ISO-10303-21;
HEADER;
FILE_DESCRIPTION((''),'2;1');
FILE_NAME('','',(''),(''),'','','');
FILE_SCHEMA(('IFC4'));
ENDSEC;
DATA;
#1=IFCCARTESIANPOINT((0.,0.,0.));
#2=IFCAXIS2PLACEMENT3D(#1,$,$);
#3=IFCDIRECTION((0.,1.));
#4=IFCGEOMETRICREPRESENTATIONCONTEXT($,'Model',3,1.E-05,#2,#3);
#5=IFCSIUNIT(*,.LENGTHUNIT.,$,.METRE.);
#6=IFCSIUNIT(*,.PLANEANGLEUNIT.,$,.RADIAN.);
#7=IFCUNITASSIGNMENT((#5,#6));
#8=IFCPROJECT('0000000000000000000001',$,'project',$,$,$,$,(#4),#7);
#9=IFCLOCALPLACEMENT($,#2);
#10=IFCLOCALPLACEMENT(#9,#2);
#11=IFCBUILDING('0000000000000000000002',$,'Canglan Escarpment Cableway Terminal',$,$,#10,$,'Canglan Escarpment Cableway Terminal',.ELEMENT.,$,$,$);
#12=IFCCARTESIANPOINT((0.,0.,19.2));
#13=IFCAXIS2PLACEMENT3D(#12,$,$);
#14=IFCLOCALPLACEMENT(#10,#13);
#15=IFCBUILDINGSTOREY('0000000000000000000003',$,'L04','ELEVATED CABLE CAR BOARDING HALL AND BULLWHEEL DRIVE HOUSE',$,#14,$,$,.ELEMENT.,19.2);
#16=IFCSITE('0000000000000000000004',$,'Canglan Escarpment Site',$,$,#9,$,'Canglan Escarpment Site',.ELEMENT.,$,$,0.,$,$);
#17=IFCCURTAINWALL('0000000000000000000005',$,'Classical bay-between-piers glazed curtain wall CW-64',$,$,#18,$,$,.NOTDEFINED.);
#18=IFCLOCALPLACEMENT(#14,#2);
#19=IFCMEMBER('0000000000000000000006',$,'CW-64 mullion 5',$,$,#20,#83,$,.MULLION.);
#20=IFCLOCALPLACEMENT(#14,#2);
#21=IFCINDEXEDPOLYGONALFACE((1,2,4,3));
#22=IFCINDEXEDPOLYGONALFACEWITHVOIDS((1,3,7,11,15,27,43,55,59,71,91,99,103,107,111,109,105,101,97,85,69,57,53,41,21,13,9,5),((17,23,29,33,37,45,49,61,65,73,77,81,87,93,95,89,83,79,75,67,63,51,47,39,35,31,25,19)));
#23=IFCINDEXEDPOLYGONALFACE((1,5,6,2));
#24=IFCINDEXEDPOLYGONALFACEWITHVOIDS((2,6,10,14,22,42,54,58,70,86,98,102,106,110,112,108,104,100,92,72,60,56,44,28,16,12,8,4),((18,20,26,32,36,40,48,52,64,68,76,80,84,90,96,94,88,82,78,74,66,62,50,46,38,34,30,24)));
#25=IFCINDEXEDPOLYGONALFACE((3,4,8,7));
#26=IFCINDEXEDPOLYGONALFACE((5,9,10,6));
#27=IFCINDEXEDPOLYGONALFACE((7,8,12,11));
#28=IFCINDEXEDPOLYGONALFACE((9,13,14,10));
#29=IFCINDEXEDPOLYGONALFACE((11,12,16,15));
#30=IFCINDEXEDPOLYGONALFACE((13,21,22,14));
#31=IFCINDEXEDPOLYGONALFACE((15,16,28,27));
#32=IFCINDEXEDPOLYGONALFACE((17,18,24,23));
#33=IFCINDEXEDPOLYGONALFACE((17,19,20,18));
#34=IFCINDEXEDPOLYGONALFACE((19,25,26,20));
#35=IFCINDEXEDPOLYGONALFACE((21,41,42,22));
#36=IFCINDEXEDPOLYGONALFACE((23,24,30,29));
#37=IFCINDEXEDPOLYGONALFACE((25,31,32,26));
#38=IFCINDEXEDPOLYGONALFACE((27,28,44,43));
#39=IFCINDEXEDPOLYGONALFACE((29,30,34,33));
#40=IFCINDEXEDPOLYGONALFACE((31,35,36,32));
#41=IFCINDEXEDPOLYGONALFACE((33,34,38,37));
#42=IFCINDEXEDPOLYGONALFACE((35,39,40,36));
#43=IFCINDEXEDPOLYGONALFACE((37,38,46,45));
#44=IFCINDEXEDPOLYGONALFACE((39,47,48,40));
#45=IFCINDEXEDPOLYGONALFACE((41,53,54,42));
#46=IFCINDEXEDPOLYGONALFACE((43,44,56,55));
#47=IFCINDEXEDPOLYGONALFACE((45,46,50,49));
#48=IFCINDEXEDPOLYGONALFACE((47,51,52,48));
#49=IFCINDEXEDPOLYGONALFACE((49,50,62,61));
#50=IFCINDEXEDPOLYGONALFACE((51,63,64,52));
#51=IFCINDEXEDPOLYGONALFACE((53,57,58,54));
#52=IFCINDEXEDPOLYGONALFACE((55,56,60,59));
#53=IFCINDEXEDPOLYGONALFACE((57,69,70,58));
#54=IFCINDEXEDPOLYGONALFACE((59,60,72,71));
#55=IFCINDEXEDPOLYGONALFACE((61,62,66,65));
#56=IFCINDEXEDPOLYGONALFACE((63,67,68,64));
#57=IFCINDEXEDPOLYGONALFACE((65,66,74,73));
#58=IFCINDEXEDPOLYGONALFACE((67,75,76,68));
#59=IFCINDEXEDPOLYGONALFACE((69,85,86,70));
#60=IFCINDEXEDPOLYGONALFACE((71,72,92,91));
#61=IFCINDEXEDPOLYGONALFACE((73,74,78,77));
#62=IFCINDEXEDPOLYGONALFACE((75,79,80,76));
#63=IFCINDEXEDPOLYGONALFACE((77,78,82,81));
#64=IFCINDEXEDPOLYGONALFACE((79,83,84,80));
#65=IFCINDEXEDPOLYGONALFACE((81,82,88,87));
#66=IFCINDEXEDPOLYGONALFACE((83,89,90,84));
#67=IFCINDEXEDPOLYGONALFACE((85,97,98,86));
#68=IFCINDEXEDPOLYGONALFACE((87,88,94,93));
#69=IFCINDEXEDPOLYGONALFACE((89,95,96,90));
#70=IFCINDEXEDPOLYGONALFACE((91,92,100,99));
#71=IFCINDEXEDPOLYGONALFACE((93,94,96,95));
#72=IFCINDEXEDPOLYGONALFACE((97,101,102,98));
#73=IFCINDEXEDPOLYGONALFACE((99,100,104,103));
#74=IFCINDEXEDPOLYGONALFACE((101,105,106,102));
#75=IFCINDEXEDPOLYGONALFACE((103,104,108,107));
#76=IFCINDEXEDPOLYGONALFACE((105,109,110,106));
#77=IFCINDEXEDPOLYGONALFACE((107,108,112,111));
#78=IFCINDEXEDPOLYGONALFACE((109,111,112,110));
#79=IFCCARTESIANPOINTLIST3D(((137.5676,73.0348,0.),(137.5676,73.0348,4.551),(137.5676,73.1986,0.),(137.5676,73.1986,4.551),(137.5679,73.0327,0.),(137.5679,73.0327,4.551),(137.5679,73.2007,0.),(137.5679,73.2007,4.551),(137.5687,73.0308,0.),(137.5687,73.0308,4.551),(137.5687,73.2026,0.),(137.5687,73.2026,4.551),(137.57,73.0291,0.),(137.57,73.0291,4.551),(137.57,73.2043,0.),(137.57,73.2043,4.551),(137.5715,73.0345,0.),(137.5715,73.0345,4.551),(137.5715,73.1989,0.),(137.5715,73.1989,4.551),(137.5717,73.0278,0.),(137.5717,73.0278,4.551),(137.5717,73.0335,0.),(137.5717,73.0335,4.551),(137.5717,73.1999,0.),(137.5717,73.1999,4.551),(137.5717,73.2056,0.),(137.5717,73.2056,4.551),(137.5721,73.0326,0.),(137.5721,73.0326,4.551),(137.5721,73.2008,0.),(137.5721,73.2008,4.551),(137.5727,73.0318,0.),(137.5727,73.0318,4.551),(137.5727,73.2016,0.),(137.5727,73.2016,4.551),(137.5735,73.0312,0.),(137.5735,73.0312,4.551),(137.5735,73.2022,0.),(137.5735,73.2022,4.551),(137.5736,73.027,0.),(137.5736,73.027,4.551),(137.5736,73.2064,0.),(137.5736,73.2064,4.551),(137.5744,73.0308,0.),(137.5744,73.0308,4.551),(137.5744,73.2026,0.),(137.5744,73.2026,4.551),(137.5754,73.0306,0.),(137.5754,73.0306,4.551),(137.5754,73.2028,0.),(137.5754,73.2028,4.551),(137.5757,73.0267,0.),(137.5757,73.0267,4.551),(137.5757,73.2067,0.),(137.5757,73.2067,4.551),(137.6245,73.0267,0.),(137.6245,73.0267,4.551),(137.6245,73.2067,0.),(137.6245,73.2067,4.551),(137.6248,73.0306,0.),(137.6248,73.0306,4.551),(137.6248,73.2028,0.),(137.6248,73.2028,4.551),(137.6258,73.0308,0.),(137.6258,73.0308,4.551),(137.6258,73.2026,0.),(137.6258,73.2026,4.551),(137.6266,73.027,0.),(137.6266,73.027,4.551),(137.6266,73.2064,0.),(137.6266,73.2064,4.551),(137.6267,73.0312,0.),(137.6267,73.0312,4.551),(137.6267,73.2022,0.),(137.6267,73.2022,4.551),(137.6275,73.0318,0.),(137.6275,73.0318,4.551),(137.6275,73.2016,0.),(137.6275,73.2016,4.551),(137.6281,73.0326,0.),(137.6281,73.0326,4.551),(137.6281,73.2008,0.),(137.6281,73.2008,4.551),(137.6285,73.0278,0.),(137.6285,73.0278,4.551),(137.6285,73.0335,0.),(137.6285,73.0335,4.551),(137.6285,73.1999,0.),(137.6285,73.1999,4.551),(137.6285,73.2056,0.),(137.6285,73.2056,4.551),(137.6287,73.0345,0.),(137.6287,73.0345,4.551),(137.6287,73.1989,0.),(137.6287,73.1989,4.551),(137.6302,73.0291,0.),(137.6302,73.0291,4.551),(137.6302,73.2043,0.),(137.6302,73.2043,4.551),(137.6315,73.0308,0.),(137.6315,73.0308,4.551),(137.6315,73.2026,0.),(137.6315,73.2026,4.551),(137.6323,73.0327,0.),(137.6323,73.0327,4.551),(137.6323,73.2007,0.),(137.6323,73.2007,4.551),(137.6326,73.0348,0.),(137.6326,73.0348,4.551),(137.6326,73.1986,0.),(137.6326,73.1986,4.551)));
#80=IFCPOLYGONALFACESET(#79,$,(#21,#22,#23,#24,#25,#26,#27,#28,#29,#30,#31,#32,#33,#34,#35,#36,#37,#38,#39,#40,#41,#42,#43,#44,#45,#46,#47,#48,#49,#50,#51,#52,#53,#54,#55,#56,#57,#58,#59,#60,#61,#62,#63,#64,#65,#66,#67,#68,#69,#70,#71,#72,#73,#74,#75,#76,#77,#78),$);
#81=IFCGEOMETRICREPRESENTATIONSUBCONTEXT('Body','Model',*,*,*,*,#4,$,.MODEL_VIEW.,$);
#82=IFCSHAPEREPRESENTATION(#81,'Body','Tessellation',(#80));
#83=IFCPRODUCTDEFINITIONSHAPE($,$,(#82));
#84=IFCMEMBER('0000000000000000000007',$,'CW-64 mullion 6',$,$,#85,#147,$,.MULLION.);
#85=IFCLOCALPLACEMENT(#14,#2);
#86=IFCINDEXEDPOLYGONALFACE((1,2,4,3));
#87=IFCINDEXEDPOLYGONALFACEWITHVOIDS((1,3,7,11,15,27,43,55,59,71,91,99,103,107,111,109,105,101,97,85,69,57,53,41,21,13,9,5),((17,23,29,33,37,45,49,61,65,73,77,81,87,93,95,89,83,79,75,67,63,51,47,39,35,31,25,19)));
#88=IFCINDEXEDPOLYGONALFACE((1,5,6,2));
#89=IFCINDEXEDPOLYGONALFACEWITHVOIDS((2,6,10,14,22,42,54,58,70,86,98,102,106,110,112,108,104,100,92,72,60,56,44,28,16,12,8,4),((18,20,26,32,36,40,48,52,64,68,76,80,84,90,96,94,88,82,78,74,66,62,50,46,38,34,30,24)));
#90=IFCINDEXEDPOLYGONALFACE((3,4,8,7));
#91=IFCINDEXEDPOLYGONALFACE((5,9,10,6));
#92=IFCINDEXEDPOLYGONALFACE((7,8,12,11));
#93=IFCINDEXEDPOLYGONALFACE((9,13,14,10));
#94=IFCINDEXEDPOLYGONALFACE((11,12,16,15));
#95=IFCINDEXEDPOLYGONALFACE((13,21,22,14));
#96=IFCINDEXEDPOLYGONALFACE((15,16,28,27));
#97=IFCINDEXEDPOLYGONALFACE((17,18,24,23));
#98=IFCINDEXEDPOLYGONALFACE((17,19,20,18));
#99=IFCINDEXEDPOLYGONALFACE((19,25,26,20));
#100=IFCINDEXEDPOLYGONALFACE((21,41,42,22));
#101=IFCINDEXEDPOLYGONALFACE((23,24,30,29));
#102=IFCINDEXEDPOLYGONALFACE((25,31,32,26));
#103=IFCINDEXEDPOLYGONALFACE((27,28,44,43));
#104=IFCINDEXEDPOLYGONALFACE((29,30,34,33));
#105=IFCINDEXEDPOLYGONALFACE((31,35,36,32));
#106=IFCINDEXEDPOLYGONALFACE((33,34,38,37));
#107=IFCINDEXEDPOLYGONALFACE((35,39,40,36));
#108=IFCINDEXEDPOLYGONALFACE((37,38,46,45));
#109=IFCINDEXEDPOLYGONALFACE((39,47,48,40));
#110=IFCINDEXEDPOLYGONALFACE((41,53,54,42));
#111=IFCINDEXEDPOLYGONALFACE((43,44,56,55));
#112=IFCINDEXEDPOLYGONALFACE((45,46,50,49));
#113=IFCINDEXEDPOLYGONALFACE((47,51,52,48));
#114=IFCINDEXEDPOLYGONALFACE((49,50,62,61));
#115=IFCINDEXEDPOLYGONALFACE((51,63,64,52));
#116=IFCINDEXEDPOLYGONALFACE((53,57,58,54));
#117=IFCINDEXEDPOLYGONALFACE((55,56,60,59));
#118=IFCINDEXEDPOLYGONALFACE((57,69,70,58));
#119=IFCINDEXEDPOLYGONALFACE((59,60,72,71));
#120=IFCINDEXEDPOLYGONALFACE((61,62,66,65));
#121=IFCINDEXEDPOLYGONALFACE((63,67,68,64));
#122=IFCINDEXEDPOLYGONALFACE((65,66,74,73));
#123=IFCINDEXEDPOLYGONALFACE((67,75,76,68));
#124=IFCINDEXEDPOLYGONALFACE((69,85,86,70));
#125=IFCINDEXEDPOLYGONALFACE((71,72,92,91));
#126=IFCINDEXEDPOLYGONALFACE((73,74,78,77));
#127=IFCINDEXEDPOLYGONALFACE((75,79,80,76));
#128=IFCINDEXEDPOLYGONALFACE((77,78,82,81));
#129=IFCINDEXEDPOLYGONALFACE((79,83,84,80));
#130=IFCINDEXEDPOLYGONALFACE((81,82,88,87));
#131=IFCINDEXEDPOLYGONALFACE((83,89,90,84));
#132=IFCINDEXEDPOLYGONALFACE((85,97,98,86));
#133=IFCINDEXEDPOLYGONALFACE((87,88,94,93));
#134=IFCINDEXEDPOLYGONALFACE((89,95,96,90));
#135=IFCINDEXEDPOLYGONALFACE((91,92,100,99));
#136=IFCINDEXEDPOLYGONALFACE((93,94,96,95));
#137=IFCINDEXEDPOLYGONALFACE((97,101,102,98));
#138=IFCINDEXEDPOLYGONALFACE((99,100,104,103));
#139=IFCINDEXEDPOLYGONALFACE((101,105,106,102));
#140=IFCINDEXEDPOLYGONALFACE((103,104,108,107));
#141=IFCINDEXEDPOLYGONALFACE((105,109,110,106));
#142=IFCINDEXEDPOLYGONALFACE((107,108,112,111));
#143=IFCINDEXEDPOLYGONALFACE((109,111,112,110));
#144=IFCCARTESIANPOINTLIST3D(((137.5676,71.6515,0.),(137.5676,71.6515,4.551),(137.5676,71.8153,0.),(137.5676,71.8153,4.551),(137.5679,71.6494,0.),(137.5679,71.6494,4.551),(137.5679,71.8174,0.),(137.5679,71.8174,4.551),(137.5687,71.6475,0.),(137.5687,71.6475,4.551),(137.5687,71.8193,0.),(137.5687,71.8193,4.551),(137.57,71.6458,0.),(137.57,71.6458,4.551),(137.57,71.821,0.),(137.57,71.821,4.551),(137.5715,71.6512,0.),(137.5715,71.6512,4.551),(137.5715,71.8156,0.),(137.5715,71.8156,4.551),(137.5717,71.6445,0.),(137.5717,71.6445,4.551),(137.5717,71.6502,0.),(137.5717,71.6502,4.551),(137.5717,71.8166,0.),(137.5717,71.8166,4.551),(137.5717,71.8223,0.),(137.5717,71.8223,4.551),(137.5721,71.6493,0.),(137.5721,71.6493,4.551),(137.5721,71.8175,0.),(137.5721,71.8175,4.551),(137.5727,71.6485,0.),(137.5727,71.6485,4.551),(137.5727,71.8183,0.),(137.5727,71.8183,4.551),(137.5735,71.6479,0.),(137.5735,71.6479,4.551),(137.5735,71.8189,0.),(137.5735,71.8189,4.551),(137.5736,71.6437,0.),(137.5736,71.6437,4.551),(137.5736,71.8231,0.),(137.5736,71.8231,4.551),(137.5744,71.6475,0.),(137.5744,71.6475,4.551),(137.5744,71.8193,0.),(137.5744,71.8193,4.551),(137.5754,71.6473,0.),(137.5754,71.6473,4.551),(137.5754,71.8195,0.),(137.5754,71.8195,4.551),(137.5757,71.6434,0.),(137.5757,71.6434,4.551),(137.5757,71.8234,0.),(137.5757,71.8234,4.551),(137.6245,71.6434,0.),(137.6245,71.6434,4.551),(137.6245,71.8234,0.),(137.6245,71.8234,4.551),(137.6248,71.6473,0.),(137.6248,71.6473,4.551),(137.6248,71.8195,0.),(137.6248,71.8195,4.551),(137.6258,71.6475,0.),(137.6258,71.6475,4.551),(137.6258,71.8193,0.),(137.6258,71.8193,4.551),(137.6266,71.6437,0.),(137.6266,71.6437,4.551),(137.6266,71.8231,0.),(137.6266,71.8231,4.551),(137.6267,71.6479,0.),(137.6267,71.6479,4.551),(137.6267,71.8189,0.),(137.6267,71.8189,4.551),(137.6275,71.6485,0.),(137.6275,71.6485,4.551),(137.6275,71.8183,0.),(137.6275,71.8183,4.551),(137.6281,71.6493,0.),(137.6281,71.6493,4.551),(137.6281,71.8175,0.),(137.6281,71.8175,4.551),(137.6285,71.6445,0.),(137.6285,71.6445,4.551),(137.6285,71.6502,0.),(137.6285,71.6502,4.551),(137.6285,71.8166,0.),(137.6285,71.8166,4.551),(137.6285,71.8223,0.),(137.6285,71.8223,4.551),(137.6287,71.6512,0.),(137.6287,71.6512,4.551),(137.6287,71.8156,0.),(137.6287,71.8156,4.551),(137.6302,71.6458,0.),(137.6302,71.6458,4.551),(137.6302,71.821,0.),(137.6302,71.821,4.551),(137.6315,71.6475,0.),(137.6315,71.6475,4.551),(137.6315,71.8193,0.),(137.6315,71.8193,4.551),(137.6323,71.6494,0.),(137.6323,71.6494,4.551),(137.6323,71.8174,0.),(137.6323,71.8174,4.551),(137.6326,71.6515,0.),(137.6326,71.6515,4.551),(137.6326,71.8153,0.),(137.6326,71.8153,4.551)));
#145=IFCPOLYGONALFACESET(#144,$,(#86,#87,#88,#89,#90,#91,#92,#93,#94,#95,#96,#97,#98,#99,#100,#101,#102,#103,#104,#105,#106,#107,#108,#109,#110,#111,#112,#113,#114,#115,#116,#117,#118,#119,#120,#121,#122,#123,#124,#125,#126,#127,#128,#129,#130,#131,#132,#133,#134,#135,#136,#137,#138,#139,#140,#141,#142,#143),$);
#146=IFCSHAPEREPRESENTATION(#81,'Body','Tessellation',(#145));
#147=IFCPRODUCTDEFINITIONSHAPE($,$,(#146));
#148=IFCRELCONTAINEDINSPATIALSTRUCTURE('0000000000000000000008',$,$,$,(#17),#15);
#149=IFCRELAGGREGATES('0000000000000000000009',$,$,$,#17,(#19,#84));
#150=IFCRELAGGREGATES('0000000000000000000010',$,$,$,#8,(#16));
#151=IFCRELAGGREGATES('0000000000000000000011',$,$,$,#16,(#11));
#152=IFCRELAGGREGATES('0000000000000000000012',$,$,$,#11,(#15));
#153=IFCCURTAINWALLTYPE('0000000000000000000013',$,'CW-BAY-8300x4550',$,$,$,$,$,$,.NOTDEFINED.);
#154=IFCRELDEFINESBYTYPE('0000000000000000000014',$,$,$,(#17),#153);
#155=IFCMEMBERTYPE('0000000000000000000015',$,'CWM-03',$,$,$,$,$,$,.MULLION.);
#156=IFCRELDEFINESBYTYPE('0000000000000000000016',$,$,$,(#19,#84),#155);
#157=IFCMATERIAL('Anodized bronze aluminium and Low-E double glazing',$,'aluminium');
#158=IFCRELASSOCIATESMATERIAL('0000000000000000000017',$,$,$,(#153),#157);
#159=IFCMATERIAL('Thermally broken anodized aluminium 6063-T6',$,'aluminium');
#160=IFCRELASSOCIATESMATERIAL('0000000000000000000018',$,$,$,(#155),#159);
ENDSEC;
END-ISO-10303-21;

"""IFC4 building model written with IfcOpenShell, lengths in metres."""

from ifc_helpers import new_model, si_unit, direction, frame, origin, origin_2d, place, context, subcontext, project, spatial, hollow_rectangle, extrude, material, material_profile, profile_set, type_object, element, aggregate, save


model = new_model("IFC4")

# Units and contexts
model_context = context("Model", 3, precision=1e-05, world=origin(), true_north=direction((0.0, 1.0)))
body_context = subcontext(model_context, "Body", "Model", "MODEL_VIEW")
ifc_project = project(units=[si_unit("LENGTHUNIT", "METRE"), si_unit("PLANEANGLEUNIT", "RADIAN")], contexts=[model_context])

# Site, building, storey
site_placement = place(None, origin())
site = spatial("IfcSite", under=ifc_project, at=site_placement, Name="Canglan Escarpment Site", LongName="Canglan Escarpment Site", CompositionType="ELEMENT", RefElevation=0.0)
building_placement = place(site_placement, origin())
building = spatial("IfcBuilding", under=site, at=building_placement, Name="Canglan Escarpment Cableway Terminal", LongName="Canglan Escarpment Cableway Terminal", CompositionType="ELEMENT")
storey_placement = place(building_placement, frame((0.0, 0.0, 19.2)))
storey = spatial("IfcBuildingStorey", under=building, at=storey_placement, Name="L04", Description="ELEVATED CABLE CAR BOARDING HALL AND BULLWHEEL DRIVE HOUSE", CompositionType="ELEMENT", Elevation=19.2)

# Curtain wall, members
ifc_material_1 = material(Name="Anodized bronze aluminium and Low-E double glazing", Category="aluminium")
curtain_wall_type = type_object("IfcCurtainWallType", Name="CW-BAY-8300x4550", PredefinedType="NOTDEFINED", material=ifc_material_1)
curtain_wall_placement = place(storey_placement, origin())
curtain_wall = element("IfcCurtainWall", 1, at=curtain_wall_placement, inside=storey, type_object=curtain_wall_type, Name="Classical bay-between-piers glazed curtain wall CW-64", PredefinedType="NOTDEFINED")
ifc_material_2 = material(Name="Thermally broken anodized aluminium 6063-T6", Category="aluminium")
ifc_material_profile_1 = material_profile(ifc_material_2, hollow_rectangle(XDim=0.0649, YDim=0.1799, WallThickness=0.0039, InnerFilletRadius=0.0039, OuterFilletRadius=0.0081, at=origin_2d()), Name="ALU-MULL 65x180x4")
ifc_profile_set_1 = profile_set([ifc_material_profile_1], Name="Thermally broken anodized aluminium 6063-T6")
member_type_1 = type_object("IfcMemberType", Name="CWM-03", PredefinedType="MULLION", material=ifc_profile_set_1)
member_1_placement = place(storey_placement, frame((137.6001, 73.1167, 0.0), z_axis=(0.0, 0.0, 1.0), x_axis=(1.0, 0.0, 0.0)))
member_1 = element("IfcMember", 2, at=member_1_placement, type_object=member_type_1, Name="CW-64 mullion 5", PredefinedType="MULLION", context=body_context, shape_type="SweptSolid", body=[
    extrude(hollow_rectangle(XDim=0.0649, YDim=0.1799, WallThickness=0.0039, InnerFilletRadius=0.0039, OuterFilletRadius=0.0081, at=origin_2d()), origin(), (0.0, 0.0, 1.0), 4.551),
])
member_2_placement = place(storey_placement, frame((137.6001, 71.7334, 0.0), z_axis=(0.0, 0.0, 1.0), x_axis=(1.0, 0.0, 0.0)))
member_2 = element("IfcMember", 3, at=member_2_placement, type_object=member_type_1, Name="CW-64 mullion 6", PredefinedType="MULLION", context=body_context, shape_type="SweptSolid", body=[
    extrude(hollow_rectangle(XDim=0.0649, YDim=0.1799, WallThickness=0.0039, InnerFilletRadius=0.0039, OuterFilletRadius=0.0081, at=origin_2d()), origin(), (0.0, 0.0, 1.0), 4.551),
])
aggregate(curtain_wall, [member_1, member_2])

save(model, "model.ifc")
